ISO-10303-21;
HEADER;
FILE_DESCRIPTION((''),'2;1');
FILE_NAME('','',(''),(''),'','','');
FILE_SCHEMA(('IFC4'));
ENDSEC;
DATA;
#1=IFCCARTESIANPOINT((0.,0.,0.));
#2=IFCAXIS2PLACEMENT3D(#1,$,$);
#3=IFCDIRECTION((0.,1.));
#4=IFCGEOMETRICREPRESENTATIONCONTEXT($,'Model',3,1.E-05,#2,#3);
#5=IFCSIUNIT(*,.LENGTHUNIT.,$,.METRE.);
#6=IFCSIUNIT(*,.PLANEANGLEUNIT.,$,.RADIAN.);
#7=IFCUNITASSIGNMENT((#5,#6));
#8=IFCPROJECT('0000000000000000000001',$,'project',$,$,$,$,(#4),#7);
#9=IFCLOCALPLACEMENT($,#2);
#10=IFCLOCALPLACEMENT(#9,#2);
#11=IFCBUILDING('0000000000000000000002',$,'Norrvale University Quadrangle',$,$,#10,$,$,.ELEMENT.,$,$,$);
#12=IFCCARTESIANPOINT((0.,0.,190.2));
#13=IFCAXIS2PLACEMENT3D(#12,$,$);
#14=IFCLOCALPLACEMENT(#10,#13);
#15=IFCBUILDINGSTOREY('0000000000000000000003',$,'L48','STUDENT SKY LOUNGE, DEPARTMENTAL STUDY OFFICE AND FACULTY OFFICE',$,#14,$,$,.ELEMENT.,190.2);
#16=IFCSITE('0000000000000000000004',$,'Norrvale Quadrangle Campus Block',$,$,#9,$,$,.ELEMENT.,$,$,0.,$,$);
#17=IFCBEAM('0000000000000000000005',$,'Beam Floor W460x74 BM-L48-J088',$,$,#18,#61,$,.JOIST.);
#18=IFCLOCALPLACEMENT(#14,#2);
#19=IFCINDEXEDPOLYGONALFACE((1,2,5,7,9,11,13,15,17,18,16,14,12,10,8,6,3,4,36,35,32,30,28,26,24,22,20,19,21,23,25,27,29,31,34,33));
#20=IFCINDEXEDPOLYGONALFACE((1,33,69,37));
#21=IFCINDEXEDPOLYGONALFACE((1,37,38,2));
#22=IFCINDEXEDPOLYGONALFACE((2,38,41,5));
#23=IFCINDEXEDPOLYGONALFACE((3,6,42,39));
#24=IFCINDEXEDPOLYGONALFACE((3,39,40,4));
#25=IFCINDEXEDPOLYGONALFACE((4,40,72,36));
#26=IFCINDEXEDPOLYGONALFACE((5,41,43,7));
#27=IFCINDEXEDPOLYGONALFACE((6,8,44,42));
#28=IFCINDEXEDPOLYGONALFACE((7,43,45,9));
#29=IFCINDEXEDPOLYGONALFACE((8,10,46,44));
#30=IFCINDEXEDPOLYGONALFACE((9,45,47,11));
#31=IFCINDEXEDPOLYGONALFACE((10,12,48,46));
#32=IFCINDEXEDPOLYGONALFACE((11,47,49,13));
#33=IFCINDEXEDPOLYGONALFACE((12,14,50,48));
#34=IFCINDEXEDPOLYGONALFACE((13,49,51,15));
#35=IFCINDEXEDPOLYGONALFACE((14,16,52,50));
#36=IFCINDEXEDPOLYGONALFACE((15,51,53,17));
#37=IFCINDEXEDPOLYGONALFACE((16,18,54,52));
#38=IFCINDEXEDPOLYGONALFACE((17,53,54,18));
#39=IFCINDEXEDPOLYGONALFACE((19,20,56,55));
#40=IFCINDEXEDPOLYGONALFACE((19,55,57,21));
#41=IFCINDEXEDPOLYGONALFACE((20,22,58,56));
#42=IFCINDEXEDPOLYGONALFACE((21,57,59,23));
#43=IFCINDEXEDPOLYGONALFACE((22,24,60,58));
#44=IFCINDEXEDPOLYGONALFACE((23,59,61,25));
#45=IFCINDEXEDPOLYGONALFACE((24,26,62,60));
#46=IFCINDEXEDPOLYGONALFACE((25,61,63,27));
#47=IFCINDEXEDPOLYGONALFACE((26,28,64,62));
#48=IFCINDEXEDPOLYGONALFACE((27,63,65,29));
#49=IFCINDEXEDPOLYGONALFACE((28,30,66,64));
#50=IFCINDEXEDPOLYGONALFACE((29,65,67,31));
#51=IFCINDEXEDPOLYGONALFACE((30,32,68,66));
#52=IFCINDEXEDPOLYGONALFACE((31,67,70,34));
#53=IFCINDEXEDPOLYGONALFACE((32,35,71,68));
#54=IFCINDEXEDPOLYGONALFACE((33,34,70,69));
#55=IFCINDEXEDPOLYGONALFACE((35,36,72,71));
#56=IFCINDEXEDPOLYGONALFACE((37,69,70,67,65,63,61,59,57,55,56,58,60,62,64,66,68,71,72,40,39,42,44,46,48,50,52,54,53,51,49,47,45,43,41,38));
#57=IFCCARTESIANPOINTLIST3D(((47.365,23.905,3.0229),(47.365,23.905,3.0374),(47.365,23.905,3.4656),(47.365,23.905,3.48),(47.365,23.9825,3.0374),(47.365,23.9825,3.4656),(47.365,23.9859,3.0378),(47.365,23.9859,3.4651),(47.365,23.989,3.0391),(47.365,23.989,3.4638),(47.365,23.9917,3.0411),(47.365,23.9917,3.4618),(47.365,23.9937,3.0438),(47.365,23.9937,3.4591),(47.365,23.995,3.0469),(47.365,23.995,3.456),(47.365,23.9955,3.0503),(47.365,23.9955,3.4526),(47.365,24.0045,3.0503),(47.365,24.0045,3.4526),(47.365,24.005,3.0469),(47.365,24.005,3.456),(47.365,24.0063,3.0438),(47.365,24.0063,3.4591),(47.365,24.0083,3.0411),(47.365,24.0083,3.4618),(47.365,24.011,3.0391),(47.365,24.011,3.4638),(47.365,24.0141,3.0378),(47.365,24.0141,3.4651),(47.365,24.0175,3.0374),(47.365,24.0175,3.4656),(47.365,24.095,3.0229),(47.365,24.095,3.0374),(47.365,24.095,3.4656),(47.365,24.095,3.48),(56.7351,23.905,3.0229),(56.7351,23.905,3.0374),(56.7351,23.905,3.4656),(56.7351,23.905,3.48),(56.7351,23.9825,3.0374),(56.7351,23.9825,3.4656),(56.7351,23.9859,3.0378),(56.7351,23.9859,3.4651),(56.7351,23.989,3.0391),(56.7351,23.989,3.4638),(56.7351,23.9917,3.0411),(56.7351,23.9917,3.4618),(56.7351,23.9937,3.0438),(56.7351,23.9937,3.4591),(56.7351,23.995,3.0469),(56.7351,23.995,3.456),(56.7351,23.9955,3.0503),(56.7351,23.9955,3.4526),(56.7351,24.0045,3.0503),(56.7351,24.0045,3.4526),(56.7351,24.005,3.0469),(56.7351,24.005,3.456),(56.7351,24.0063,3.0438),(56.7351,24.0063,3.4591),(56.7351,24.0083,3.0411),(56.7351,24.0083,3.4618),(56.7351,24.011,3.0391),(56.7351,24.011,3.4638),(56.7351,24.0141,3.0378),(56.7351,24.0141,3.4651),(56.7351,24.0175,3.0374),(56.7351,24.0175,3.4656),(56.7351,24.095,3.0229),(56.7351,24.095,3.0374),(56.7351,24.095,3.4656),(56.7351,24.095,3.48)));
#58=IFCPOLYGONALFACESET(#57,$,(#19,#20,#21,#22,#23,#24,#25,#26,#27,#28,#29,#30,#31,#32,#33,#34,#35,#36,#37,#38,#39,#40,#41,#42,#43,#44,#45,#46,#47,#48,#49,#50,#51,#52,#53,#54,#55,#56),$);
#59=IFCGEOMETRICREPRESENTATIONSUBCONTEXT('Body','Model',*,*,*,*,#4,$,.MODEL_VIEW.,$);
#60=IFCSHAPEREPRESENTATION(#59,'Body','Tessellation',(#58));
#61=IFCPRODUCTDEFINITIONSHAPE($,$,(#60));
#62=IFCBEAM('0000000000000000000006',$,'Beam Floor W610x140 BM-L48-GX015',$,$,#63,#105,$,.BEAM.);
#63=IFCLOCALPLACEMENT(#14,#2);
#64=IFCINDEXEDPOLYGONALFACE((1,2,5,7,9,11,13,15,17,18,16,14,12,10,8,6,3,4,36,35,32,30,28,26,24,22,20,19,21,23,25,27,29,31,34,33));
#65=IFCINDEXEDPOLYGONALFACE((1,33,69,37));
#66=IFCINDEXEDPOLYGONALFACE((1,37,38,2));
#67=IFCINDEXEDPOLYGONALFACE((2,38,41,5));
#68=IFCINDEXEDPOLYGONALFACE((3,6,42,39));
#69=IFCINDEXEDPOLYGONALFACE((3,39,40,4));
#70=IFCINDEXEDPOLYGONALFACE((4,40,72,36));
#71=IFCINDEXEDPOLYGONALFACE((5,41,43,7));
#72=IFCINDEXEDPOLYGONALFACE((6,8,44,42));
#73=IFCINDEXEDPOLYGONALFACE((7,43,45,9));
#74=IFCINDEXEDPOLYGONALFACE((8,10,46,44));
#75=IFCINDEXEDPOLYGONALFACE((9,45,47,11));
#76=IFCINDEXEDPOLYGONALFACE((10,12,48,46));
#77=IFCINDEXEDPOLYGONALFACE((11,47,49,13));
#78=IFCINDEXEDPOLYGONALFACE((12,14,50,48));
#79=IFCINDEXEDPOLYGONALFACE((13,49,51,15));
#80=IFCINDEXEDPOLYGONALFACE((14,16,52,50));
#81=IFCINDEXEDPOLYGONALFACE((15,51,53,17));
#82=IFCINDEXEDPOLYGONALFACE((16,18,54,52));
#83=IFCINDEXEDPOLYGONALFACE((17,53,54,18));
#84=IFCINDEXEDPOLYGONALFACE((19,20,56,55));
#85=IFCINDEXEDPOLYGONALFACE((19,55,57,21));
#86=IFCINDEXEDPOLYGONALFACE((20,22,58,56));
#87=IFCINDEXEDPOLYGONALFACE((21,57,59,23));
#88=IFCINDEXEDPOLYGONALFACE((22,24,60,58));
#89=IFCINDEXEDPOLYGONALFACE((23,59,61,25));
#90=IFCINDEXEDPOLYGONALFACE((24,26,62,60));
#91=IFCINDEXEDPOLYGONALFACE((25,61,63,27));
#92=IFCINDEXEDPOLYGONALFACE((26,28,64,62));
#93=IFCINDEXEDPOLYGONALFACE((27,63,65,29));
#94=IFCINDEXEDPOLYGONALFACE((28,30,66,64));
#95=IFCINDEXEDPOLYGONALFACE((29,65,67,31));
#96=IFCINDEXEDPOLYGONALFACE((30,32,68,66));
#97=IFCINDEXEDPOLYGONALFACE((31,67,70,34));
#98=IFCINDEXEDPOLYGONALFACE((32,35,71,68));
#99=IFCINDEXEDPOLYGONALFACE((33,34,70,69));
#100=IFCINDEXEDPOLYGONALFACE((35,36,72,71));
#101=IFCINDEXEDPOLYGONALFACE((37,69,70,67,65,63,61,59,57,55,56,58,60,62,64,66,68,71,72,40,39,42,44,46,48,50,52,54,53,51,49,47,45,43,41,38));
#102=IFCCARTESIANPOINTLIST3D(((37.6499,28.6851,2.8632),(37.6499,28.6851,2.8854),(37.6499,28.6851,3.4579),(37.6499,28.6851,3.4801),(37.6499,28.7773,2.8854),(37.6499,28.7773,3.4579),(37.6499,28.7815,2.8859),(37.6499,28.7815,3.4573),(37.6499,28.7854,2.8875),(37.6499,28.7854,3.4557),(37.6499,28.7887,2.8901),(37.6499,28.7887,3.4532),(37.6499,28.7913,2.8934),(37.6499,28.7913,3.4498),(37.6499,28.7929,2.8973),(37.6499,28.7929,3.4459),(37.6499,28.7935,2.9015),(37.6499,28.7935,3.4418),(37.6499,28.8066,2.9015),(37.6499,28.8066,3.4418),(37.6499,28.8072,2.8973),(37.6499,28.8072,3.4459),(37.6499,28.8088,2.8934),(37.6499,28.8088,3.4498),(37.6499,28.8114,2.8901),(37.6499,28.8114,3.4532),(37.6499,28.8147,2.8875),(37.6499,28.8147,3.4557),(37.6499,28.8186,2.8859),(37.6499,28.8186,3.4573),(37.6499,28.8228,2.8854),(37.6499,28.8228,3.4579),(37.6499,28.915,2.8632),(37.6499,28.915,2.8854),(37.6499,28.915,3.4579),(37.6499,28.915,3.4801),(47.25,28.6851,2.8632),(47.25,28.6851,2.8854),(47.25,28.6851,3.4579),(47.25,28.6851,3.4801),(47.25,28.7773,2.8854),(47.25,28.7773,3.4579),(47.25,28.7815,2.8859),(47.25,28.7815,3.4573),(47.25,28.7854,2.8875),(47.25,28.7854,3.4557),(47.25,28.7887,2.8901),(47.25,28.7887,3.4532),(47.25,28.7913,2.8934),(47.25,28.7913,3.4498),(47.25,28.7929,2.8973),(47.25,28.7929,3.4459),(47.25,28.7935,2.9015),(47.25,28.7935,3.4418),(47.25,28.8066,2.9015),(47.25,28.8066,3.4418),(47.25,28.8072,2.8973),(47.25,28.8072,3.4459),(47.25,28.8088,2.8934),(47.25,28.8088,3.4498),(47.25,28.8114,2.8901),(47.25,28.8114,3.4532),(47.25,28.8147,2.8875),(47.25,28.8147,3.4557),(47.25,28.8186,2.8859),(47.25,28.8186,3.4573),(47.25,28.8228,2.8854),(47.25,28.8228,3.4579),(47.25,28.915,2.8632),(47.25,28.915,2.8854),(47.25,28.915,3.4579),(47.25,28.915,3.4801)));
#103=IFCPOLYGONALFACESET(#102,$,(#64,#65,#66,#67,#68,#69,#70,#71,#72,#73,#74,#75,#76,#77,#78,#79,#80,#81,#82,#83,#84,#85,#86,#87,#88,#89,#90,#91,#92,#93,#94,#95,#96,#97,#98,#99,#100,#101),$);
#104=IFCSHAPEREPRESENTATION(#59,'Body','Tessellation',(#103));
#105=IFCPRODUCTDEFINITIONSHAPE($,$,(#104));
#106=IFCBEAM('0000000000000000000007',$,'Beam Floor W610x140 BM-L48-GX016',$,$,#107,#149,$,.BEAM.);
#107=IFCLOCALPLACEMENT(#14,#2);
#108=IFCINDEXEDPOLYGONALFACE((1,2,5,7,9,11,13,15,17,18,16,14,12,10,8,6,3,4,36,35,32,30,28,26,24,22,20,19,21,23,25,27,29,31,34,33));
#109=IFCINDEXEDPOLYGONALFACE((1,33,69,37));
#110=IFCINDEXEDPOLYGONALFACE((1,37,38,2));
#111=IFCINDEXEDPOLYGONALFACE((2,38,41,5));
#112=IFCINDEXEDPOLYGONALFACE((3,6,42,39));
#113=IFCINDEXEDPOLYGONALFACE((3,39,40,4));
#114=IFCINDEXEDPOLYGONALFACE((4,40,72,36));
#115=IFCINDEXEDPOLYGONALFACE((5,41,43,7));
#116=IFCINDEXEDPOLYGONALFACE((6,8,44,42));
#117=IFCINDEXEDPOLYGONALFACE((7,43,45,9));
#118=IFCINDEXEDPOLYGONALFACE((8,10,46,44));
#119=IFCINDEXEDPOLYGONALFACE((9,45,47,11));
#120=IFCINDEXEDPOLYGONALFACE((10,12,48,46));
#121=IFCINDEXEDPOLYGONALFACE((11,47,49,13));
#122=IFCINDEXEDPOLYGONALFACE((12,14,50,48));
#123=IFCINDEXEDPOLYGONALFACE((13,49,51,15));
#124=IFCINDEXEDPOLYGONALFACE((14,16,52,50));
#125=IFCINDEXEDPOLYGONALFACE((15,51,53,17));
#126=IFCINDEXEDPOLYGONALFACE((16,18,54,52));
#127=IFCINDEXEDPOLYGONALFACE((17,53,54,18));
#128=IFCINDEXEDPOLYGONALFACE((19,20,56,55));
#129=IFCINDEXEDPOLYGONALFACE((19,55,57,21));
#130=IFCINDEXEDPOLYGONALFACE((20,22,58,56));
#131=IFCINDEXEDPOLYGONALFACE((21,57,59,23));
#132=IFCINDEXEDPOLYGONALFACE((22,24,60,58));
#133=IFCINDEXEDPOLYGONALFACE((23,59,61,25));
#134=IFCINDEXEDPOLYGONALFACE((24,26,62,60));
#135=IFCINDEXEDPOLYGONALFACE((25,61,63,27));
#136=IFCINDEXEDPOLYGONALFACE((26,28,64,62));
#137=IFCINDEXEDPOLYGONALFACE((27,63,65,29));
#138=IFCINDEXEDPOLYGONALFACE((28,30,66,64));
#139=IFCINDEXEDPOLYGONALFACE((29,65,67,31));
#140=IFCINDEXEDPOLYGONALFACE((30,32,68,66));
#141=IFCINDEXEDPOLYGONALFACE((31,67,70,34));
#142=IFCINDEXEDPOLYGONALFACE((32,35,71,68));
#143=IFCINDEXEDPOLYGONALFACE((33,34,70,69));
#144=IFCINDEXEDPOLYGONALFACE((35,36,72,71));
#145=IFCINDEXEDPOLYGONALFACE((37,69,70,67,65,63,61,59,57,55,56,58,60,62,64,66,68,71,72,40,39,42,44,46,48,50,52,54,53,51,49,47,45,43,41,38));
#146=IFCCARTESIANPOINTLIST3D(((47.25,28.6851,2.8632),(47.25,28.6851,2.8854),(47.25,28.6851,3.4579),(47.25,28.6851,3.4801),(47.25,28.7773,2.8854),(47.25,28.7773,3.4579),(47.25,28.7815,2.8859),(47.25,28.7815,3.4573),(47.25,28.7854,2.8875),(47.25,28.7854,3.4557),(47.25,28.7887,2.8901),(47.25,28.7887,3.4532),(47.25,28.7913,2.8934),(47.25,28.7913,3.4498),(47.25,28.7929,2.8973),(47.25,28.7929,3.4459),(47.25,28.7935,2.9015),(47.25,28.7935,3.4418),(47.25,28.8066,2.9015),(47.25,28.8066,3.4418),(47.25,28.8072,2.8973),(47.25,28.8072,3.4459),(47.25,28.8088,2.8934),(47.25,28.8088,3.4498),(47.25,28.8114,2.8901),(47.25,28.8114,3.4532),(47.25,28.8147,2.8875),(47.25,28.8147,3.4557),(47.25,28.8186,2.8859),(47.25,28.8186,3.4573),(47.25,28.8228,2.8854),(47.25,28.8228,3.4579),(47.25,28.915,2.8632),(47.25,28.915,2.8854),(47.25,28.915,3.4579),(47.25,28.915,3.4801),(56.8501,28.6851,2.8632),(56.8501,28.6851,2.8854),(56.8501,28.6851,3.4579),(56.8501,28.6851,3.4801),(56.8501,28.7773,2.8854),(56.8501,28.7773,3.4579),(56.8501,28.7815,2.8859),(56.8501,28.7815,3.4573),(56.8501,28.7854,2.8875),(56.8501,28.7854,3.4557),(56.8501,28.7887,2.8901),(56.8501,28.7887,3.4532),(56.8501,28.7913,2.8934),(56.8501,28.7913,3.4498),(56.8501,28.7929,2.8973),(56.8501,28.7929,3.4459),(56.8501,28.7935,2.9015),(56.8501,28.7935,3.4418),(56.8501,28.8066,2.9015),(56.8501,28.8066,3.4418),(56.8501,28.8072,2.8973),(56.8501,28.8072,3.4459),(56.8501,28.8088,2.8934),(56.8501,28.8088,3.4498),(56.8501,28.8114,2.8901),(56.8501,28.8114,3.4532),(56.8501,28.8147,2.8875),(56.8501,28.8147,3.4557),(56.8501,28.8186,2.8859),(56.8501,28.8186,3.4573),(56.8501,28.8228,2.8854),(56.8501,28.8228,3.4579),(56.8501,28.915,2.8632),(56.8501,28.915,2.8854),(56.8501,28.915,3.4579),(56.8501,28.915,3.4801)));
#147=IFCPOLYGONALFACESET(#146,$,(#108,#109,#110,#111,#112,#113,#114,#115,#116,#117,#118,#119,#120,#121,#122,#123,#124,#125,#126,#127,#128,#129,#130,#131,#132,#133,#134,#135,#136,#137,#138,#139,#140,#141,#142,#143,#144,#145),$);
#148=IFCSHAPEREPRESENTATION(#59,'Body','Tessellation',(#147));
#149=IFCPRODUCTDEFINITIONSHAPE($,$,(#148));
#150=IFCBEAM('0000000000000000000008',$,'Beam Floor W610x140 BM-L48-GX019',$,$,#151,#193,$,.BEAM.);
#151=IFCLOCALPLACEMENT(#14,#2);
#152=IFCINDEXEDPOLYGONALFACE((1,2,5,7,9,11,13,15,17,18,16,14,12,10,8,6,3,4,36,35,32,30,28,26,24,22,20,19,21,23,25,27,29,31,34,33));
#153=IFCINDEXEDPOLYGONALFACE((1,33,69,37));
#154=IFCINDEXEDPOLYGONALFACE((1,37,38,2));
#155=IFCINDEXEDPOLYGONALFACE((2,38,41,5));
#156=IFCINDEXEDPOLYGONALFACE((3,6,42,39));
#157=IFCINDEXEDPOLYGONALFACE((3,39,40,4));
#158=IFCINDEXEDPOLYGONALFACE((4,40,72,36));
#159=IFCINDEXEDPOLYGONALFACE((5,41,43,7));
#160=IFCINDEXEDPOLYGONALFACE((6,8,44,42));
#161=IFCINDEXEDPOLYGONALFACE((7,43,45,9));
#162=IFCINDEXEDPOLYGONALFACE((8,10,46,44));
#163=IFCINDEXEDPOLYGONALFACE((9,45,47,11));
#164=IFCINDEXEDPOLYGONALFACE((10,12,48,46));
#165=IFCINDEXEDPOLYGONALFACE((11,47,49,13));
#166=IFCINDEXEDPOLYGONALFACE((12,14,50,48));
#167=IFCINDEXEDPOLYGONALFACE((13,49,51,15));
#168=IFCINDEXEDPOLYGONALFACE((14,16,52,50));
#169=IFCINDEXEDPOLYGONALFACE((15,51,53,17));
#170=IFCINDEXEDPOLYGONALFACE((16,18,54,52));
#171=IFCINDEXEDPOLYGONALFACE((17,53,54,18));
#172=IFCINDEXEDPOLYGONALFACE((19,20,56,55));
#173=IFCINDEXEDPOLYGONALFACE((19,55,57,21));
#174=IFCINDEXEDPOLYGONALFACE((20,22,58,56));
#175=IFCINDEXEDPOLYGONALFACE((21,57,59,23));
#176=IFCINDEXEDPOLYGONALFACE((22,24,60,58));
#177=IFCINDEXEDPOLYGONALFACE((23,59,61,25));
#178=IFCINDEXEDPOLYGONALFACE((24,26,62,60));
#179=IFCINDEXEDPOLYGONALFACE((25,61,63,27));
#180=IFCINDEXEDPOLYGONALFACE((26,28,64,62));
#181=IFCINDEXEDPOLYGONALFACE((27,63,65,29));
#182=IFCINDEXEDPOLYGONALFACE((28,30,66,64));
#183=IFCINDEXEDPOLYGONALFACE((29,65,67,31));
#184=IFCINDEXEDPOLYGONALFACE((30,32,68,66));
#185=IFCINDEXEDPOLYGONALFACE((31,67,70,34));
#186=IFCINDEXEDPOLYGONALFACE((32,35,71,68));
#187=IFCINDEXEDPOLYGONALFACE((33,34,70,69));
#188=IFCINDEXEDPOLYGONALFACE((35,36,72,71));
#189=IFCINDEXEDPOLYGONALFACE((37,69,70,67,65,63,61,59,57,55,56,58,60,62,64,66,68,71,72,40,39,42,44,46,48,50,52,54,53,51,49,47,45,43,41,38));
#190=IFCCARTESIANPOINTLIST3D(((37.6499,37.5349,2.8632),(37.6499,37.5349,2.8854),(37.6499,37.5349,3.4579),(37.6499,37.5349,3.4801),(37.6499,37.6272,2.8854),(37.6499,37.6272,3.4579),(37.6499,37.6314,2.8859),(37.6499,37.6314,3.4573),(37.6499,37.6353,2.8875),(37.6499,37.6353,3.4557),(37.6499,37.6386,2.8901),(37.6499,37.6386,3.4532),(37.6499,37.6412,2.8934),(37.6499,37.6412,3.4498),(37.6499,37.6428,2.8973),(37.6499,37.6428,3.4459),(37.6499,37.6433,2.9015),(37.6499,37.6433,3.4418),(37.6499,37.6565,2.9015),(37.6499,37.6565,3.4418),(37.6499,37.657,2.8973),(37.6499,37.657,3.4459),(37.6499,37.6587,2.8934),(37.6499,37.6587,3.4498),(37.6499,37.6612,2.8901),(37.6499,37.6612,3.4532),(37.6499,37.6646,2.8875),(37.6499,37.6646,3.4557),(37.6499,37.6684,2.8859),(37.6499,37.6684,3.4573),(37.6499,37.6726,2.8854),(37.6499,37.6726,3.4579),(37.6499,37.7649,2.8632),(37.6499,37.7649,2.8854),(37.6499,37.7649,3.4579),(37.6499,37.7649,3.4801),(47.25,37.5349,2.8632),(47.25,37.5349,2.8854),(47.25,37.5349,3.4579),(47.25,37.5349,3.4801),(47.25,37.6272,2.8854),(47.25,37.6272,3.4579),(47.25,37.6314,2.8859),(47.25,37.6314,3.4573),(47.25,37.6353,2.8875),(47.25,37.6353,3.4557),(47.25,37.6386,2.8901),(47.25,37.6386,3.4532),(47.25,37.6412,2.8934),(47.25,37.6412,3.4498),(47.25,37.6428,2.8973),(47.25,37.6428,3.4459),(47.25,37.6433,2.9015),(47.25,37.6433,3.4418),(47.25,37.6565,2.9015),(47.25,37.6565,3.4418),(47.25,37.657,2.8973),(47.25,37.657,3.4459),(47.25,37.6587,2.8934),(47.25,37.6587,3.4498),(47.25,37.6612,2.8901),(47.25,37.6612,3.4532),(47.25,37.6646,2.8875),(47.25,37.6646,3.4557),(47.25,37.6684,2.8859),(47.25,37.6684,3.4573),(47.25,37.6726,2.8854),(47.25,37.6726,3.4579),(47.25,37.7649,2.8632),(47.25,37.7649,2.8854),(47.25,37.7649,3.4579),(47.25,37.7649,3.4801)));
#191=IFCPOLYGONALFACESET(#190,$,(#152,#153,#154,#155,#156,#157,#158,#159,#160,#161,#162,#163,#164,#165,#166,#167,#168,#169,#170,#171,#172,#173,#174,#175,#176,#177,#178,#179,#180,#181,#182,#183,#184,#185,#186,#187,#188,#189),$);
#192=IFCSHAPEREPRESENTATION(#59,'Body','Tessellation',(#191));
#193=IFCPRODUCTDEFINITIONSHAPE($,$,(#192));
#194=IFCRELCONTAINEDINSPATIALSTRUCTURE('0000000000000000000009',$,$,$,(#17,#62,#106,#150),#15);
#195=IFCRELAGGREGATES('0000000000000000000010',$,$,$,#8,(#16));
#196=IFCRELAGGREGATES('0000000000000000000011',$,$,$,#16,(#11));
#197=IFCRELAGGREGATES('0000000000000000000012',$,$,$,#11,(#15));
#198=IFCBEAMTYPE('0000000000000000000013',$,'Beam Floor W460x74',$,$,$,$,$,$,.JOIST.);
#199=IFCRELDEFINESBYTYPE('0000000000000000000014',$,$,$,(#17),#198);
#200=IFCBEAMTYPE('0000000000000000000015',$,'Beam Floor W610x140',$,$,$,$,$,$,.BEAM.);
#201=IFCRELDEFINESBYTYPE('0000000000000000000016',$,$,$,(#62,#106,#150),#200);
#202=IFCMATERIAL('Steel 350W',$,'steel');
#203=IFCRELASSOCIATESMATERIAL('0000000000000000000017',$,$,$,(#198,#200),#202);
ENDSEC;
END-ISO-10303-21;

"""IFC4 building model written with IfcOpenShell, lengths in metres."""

from ifc_helpers import new_model, si_unit, direction, frame, origin, origin_2d, place, context, subcontext, project, spatial, i_section, extrude, material, material_profile, profile_set, type_object, element, save


model = new_model("IFC4")

# Units and contexts
model_context = context("Model", 3, precision=1e-05, world=origin(), true_north=direction((0.0, 1.0)))
body_context = subcontext(model_context, "Body", "Model", "MODEL_VIEW")
ifc_project = project(units=[si_unit("LENGTHUNIT", "METRE"), si_unit("PLANEANGLEUNIT", "RADIAN")], contexts=[model_context])

# Site, building, storey
site_placement = place(None, origin())
site = spatial("IfcSite", under=ifc_project, at=site_placement, Name="Norrvale Quadrangle Campus Block", CompositionType="ELEMENT", RefElevation=0.0)
building_placement = place(site_placement, origin())
building = spatial("IfcBuilding", under=site, at=building_placement, Name="Norrvale University Quadrangle", CompositionType="ELEMENT")
storey_placement = place(building_placement, frame((0.0, 0.0, 190.2)))
storey = spatial("IfcBuildingStorey", under=building, at=storey_placement, Name="L48", Description="STUDENT SKY LOUNGE, DEPARTMENTAL STUDY OFFICE AND FACULTY OFFICE", CompositionType="ELEMENT", Elevation=190.2)

# Beams
ifc_material_1 = material(Name="Steel 350W", Category="steel")
ifc_material_profile_1 = material_profile(ifc_material_1, i_section(OverallWidth=0.1899, OverallDepth=0.457, WebThickness=0.009, FlangeThickness=0.0144, FilletRadius=0.0129, at=origin_2d()), Name="Steel 350W")
ifc_profile_set_1 = profile_set([ifc_material_profile_1], Name="Steel 350W")
beam_type_1 = type_object("IfcBeamType", Name="Beam Floor W460x74", PredefinedType="JOIST", material=ifc_profile_set_1)
for number, where, z_axis, x_axis, name in (
    (1, (47.365, 24.0, 3.2515), (1.0, 0.0, 0.0), (0.0, 1.0, 0.0), "Beam Floor W460x74 BM-L48-J088"),
):
    element("IfcBeam", number, at=place(storey_placement, frame(where, z_axis=z_axis, x_axis=x_axis)), inside=storey, type_object=beam_type_1, Name=name, PredefinedType="JOIST", context=body_context, shape_type="SweptSolid", body=[
        extrude(i_section(OverallWidth=0.1899, OverallDepth=0.457, WebThickness=0.009, FlangeThickness=0.0144, FilletRadius=0.0129, at=origin_2d()), origin(), (0.0, 0.0, 1.0), 9.3701),
    ])
ifc_material_profile_2 = material_profile(ifc_material_1, i_section(OverallWidth=0.23, OverallDepth=0.6169, WebThickness=0.0132, FlangeThickness=0.0222, FilletRadius=0.0161, at=origin_2d()), Name="Steel 350W")
ifc_profile_set_2 = profile_set([ifc_material_profile_2], Name="Steel 350W")
beam_type_2 = type_object("IfcBeamType", Name="Beam Floor W610x140", PredefinedType="BEAM", material=ifc_profile_set_2)
for number, where, z_axis, x_axis, name in (
    (2, (37.6499, 28.8, 3.1716), (1.0, 0.0, 0.0), (0.0, 1.0, 0.0), "Beam Floor W610x140 BM-L48-GX015"),
    (3, (47.25, 28.8, 3.1716), (1.0, 0.0, 0.0), (0.0, 1.0, 0.0), "Beam Floor W610x140 BM-L48-GX016"),
    (4, (37.6499, 37.6499, 3.1716), (1.0, 0.0, 0.0), (0.0, 1.0, 0.0), "Beam Floor W610x140 BM-L48-GX019"),
):
    element("IfcBeam", number, at=place(storey_placement, frame(where, z_axis=z_axis, x_axis=x_axis)), inside=storey, type_object=beam_type_2, Name=name, PredefinedType="BEAM", context=body_context, shape_type="SweptSolid", body=[
        extrude(i_section(OverallWidth=0.23, OverallDepth=0.6169, WebThickness=0.0132, FlangeThickness=0.0222, FilletRadius=0.0161, at=origin_2d()), origin(), (0.0, 0.0, 1.0), 9.6001),
    ])

save(model, "model.ifc")
